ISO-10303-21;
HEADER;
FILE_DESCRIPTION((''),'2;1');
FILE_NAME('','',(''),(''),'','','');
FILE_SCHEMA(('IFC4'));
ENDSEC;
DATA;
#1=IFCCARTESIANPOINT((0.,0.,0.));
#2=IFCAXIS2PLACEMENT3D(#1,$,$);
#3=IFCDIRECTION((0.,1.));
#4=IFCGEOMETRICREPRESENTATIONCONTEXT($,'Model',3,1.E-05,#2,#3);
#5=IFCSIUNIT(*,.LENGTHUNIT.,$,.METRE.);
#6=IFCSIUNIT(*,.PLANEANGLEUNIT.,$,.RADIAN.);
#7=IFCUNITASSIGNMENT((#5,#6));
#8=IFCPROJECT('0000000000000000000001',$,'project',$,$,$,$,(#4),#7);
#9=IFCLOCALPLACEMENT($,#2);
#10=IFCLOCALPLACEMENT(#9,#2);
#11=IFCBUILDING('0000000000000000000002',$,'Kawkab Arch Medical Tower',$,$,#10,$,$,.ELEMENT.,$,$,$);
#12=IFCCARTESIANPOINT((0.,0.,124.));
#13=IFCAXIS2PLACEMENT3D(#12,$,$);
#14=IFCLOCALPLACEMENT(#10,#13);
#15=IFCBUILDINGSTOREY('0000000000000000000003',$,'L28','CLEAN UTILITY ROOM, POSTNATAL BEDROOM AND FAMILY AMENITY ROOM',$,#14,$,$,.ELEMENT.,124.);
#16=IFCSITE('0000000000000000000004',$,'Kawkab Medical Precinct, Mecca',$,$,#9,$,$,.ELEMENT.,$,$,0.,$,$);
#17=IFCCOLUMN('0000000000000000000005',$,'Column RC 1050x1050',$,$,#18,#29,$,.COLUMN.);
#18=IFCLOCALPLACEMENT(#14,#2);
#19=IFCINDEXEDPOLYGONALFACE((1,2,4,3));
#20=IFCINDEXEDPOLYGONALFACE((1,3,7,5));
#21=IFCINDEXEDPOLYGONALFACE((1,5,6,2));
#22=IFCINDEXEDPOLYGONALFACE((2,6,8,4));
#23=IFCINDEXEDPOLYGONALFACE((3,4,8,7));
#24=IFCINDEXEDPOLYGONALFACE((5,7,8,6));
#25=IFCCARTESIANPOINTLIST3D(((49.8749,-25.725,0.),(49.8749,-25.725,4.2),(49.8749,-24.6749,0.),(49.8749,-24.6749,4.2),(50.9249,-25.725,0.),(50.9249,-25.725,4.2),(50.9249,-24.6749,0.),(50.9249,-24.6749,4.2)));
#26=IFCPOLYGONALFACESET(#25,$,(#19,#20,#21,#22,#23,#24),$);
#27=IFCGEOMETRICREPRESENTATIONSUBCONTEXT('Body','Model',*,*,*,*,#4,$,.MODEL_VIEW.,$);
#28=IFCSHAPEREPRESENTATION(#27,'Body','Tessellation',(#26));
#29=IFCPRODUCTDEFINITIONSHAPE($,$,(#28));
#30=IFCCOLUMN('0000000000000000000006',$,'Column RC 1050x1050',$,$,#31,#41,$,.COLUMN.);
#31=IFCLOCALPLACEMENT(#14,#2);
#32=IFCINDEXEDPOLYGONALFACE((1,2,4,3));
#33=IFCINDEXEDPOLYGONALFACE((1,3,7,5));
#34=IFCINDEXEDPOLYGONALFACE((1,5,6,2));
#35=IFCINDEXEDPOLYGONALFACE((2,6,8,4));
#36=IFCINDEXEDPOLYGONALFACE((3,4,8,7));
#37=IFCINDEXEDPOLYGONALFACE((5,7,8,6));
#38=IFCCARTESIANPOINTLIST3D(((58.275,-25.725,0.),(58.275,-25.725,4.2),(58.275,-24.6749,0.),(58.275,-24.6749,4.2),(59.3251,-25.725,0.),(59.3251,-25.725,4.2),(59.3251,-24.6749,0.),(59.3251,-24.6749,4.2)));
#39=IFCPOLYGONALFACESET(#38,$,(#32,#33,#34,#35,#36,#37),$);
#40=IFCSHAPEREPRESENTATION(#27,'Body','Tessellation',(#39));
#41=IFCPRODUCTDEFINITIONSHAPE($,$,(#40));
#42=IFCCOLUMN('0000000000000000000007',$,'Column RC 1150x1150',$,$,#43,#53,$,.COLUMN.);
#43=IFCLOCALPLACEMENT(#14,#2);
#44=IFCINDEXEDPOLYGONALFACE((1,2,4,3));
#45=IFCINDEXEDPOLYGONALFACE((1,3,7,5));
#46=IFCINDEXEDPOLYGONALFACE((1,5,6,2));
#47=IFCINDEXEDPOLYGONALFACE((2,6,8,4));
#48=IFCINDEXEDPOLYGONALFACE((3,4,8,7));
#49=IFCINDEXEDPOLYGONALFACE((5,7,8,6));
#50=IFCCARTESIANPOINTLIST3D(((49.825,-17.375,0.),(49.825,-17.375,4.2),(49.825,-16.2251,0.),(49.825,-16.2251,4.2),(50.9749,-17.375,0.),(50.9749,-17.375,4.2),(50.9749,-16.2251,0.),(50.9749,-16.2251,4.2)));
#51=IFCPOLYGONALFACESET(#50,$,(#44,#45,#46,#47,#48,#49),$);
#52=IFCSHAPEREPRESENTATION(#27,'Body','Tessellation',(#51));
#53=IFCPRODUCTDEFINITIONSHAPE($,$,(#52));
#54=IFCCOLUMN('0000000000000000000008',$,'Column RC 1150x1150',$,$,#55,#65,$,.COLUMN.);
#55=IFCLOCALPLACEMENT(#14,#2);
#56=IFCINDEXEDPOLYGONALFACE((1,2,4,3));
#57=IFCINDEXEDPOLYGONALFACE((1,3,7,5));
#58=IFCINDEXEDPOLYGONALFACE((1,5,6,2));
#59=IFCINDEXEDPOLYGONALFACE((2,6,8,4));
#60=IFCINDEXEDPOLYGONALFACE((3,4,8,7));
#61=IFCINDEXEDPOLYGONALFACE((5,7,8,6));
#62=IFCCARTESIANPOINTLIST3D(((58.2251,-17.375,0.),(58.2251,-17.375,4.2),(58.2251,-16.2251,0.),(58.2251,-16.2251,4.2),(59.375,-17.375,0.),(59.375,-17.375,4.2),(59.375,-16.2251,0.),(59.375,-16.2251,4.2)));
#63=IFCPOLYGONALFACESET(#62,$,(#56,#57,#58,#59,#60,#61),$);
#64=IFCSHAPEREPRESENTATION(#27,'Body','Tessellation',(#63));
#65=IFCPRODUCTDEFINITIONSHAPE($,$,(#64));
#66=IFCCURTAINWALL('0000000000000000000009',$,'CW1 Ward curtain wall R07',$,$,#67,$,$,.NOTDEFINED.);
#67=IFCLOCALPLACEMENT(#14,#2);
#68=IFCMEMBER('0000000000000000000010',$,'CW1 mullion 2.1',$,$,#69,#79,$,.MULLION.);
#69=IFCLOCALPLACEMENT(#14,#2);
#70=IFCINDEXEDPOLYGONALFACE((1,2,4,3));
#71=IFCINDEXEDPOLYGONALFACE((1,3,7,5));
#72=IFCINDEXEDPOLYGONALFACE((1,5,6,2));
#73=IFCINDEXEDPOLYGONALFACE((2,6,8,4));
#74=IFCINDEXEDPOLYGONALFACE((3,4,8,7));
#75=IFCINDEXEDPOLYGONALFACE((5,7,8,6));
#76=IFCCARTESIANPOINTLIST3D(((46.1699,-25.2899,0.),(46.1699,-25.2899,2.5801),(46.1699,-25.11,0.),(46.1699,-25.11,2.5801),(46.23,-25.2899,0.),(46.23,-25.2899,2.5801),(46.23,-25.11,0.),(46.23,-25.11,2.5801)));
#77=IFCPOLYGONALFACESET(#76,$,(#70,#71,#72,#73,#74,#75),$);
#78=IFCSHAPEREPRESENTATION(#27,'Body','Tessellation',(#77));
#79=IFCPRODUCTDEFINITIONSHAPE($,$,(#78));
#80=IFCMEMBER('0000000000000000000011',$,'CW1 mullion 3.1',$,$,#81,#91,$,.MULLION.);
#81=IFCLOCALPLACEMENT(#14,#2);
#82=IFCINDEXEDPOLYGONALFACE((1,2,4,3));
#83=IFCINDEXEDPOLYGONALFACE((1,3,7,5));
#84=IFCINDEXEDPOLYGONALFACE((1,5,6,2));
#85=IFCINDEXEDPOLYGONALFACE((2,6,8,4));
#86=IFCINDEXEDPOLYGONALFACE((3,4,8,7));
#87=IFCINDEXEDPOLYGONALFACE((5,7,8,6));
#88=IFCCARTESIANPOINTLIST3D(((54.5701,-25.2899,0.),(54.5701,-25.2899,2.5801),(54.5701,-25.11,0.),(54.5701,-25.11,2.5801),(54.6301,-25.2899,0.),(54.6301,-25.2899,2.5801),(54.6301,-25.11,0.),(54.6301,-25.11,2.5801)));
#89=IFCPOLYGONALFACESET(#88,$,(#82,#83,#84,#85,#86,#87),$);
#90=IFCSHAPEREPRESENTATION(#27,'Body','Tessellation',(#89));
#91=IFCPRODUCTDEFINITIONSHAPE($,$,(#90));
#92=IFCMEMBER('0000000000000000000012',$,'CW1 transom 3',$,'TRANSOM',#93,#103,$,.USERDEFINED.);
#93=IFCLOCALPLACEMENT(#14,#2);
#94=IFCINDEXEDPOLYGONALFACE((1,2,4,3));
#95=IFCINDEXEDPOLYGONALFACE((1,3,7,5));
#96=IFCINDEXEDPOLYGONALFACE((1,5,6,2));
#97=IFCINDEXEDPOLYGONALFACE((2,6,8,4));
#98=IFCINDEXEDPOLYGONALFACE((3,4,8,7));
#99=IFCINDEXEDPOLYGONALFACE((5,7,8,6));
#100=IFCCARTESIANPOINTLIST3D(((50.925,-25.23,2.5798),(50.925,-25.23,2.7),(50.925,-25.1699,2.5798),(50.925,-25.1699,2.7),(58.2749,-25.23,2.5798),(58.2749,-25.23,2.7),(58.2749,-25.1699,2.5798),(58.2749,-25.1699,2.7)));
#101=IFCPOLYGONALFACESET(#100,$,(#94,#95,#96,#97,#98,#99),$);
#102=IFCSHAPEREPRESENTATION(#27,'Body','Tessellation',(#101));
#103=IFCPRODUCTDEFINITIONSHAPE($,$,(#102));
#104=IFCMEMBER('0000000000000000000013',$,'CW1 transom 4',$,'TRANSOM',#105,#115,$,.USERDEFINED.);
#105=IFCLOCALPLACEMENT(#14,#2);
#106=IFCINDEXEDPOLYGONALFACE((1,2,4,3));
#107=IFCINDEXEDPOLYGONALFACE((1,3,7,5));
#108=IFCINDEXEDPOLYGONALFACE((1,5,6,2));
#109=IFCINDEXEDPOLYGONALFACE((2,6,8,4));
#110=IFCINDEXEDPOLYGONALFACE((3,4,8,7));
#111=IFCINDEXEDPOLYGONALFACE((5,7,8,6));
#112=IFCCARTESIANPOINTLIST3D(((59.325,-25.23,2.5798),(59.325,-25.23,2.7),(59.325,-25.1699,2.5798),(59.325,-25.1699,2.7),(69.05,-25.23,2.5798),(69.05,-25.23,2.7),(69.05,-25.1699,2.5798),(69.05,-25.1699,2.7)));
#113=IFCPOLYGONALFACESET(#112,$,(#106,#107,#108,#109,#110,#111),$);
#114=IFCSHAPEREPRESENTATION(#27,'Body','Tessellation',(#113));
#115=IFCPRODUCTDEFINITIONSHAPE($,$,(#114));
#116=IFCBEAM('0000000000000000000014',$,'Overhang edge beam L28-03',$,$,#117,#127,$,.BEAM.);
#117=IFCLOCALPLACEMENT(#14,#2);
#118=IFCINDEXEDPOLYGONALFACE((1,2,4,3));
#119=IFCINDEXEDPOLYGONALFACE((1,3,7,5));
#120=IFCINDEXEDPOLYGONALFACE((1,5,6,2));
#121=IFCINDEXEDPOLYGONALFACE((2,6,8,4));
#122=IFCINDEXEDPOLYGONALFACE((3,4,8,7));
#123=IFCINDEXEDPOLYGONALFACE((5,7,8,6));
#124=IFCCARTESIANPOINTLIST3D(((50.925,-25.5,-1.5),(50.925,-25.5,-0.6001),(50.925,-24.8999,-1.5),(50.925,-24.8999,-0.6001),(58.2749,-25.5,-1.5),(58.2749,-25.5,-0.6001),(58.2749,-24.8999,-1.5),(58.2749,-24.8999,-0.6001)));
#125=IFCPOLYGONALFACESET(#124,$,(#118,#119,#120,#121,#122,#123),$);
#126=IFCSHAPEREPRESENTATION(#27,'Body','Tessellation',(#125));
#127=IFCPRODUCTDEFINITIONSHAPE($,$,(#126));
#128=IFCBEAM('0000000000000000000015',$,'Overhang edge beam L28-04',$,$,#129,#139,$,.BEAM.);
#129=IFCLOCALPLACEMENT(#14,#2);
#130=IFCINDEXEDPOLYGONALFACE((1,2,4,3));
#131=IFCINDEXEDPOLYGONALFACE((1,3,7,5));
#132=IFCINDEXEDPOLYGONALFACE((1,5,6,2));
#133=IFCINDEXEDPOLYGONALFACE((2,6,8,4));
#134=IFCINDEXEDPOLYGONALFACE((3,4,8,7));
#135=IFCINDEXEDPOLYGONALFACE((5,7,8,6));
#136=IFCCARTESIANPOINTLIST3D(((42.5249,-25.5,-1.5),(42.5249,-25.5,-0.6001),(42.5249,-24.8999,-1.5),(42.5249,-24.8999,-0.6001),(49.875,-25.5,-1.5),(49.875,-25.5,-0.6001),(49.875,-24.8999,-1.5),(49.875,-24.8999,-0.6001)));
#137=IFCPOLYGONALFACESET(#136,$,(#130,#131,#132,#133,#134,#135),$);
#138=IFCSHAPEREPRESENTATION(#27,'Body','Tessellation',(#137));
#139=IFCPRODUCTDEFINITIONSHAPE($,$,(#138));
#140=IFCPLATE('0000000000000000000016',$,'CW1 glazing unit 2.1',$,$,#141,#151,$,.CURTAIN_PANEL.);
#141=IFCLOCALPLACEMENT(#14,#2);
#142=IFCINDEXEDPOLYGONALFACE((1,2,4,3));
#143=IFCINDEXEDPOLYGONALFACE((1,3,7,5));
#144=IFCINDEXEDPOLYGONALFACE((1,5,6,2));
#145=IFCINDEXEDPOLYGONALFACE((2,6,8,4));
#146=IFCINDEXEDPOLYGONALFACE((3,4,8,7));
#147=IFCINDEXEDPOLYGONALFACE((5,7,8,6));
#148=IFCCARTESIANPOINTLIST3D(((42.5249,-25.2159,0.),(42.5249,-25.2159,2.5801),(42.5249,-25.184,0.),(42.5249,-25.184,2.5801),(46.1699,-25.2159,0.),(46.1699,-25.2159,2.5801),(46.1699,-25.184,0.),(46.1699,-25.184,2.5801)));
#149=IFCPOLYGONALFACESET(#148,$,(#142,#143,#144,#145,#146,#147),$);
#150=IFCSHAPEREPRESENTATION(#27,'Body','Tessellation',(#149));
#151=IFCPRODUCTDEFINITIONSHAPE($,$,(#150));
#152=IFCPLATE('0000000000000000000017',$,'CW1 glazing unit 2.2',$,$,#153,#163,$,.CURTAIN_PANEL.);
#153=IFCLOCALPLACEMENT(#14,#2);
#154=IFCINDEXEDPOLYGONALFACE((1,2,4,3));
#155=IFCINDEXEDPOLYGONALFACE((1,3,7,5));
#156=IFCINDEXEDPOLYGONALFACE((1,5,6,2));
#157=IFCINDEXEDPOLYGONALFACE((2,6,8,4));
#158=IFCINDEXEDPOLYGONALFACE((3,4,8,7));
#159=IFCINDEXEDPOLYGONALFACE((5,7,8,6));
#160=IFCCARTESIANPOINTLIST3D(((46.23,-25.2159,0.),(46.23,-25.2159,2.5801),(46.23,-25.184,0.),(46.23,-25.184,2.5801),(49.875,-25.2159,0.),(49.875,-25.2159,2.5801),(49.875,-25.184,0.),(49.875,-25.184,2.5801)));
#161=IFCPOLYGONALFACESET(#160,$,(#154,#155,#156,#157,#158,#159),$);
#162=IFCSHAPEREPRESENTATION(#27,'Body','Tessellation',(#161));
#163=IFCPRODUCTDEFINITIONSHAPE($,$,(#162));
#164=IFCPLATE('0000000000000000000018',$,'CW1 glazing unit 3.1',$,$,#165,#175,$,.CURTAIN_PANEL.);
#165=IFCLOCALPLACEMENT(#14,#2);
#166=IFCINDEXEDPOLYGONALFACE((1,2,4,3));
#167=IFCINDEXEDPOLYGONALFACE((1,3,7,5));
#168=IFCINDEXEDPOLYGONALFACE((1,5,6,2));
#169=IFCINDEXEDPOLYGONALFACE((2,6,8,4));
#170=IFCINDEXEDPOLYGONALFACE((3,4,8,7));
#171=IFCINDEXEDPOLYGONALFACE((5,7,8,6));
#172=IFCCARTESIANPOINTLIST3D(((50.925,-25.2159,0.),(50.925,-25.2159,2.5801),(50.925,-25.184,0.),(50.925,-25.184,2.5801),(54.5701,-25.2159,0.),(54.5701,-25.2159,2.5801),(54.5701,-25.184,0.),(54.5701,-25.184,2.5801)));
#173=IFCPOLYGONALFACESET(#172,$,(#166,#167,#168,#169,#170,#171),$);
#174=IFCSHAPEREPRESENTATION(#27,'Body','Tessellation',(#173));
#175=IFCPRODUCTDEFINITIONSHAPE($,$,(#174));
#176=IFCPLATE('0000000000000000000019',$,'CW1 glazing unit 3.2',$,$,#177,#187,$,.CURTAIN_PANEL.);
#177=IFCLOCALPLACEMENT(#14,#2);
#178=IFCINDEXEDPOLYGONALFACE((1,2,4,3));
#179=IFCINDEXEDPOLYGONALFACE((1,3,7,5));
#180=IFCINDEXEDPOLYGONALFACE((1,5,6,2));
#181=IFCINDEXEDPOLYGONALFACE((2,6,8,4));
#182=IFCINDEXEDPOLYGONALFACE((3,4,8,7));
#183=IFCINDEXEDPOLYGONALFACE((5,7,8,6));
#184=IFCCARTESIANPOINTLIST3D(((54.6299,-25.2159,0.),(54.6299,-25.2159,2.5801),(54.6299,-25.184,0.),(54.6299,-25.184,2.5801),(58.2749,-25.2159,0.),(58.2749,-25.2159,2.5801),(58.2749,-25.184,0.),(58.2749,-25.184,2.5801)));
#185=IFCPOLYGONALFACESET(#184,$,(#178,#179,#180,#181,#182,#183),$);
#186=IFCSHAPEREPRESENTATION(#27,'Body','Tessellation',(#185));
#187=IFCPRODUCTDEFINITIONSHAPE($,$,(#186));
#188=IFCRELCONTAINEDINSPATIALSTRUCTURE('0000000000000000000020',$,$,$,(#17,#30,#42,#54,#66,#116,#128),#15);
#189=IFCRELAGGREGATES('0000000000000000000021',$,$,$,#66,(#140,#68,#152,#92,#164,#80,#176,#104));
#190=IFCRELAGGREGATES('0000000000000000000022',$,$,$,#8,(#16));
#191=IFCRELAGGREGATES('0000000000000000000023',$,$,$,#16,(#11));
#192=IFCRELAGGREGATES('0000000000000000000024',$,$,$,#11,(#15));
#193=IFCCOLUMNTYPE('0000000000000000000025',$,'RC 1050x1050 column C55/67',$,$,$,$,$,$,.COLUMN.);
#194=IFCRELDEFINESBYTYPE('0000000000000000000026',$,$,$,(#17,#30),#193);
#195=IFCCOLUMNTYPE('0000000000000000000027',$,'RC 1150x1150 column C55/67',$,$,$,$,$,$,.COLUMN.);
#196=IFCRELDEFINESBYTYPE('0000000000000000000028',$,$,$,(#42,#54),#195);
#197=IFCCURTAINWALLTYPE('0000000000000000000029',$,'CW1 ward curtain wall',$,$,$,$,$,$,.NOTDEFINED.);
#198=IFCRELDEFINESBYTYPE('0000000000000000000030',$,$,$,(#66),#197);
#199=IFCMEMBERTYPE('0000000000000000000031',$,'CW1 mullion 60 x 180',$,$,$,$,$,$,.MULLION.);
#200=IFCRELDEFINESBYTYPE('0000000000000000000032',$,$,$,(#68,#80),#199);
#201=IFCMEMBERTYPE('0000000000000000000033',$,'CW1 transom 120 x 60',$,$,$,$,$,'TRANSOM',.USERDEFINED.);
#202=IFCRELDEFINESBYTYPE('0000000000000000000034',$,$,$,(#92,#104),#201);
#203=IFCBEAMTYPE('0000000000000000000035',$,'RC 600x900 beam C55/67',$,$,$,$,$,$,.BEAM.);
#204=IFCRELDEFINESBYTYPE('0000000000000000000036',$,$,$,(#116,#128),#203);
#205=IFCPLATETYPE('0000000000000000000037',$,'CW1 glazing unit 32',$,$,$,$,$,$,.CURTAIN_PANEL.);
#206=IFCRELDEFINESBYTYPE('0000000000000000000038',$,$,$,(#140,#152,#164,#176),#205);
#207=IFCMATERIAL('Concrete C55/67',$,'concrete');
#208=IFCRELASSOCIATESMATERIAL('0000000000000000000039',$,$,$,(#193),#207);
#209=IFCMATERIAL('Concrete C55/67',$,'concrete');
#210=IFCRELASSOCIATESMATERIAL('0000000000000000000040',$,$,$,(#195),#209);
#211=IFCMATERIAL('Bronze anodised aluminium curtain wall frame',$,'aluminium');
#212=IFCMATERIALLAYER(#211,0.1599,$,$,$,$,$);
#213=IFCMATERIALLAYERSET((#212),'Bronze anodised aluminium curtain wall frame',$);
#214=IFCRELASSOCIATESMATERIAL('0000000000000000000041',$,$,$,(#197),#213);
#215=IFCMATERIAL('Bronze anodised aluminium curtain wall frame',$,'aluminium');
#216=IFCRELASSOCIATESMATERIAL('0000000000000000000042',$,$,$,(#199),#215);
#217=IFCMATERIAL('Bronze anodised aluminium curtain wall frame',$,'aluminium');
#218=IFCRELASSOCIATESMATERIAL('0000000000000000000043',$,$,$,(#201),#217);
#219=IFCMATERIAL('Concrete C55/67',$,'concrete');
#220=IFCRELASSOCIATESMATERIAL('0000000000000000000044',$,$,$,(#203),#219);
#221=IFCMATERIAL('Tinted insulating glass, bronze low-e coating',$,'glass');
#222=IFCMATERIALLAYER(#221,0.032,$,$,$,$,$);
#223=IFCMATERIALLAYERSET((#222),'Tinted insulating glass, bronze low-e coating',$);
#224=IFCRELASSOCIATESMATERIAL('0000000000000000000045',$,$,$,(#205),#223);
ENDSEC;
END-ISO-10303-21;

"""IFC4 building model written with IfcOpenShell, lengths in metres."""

from ifc_helpers import new_model, si_unit, direction, frame, origin, origin_2d, place, context, subcontext, project, spatial, rectangle, extrude, material, layer, layer_set, material_profile, profile_set, type_object, element, aggregate, save


model = new_model("IFC4")

# Units and contexts
model_context = context("Model", 3, precision=1e-05, world=origin(), true_north=direction((0.0, 1.0)))
body_context = subcontext(model_context, "Body", "Model", "MODEL_VIEW")
ifc_project = project(units=[si_unit("LENGTHUNIT", "METRE"), si_unit("PLANEANGLEUNIT", "RADIAN")], contexts=[model_context])

# Site, building, storey
site_placement = place(None, origin())
site = spatial("IfcSite", under=ifc_project, at=site_placement, Name="Kawkab Medical Precinct, Mecca", CompositionType="ELEMENT", RefElevation=0.0)
building_placement = place(site_placement, origin())
building = spatial("IfcBuilding", under=site, at=building_placement, Name="Kawkab Arch Medical Tower", CompositionType="ELEMENT")
storey_placement = place(building_placement, frame((0.0, 0.0, 124.0)))
storey = spatial("IfcBuildingStorey", under=building, at=storey_placement, Name="L28", Description="CLEAN UTILITY ROOM, POSTNATAL BEDROOM AND FAMILY AMENITY ROOM", CompositionType="ELEMENT", Elevation=124.0)

# Columns
ifc_material_1 = material(Name="Concrete C55/67", Category="concrete")
ifc_material_profile_1 = material_profile(ifc_material_1, rectangle(XDim=1.05, YDim=1.05, at=origin_2d()), Name="RC 1050x1050")
ifc_profile_set_1 = profile_set([ifc_material_profile_1], Name="Concrete C55/67")
column_type_1 = type_object("IfcColumnType", Name="RC 1050x1050 column C55/67", PredefinedType="COLUMN", material=ifc_profile_set_1)
for number, where, z_axis, x_axis, name in (
    (1, (50.3999, -25.2, 0.0), (0.0, 0.0, 1.0), (1.0, 0.0, 0.0), "Column RC 1050x1050"),
    (2, (58.8, -25.2, 0.0), (0.0, 0.0, 1.0), (1.0, 0.0, 0.0), "Column RC 1050x1050"),
):
    element("IfcColumn", number, at=place(storey_placement, frame(where, z_axis=z_axis, x_axis=x_axis)), inside=storey, type_object=column_type_1, Name=name, PredefinedType="COLUMN", context=body_context, shape_type="SweptSolid", body=[
        extrude(rectangle(XDim=1.05, YDim=1.05, at=origin_2d()), origin(), (0.0, 0.0, 1.0), 4.2),
    ])
ifc_material_2 = material(Name="Concrete C55/67", Category="concrete")
ifc_material_profile_2 = material_profile(ifc_material_2, rectangle(XDim=1.1499, YDim=1.1499, at=origin_2d()), Name="RC 1150x1150")
ifc_profile_set_2 = profile_set([ifc_material_profile_2], Name="Concrete C55/67")
column_type_2 = type_object("IfcColumnType", Name="RC 1150x1150 column C55/67", PredefinedType="COLUMN", material=ifc_profile_set_2)
for number, where, z_axis, x_axis, name in (
    (3, (50.3999, -16.8, 0.0), (0.0, 0.0, 1.0), (1.0, 0.0, 0.0), "Column RC 1150x1150"),
    (4, (58.8, -16.8, 0.0), (0.0, 0.0, 1.0), (1.0, 0.0, 0.0), "Column RC 1150x1150"),
):
    element("IfcColumn", number, at=place(storey_placement, frame(where, z_axis=z_axis, x_axis=x_axis)), inside=storey, type_object=column_type_2, Name=name, PredefinedType="COLUMN", context=body_context, shape_type="SweptSolid", body=[
        extrude(rectangle(XDim=1.1499, YDim=1.1499, at=origin_2d()), origin(), (0.0, 0.0, 1.0), 4.2),
    ])

# Curtain wall, members
ifc_material_3 = material(Name="Bronze anodised aluminium curtain wall frame", Category="aluminium")
ifc_layer_1 = layer(ifc_material_3, 0.1599)
ifc_layer_set_1 = layer_set([ifc_layer_1], Name="Bronze anodised aluminium curtain wall frame")
curtain_wall_type = type_object("IfcCurtainWallType", Name="CW1 ward curtain wall", PredefinedType="NOTDEFINED", material=ifc_layer_set_1)
curtain_wall_placement = place(storey_placement, origin())
curtain_wall = element("IfcCurtainWall", 5, at=curtain_wall_placement, inside=storey, type_object=curtain_wall_type, Name="CW1 Ward curtain wall R07", PredefinedType="NOTDEFINED")
ifc_material_4 = material(Name="Bronze anodised aluminium curtain wall frame", Category="aluminium")
ifc_material_profile_3 = material_profile(ifc_material_4, rectangle(XDim=0.1799, YDim=0.0601, at=origin_2d()), Name="AL 60x180")
ifc_profile_set_3 = profile_set([ifc_material_profile_3], Name="Bronze anodised aluminium curtain wall frame")
member_type_1 = type_object("IfcMemberType", Name="CW1 mullion 60 x 180", PredefinedType="MULLION", material=ifc_profile_set_3)
member_1_placement = place(storey_placement, frame((46.2, -25.2, 0.0), z_axis=(0.0, 0.0, 1.0), x_axis=(0.0, 1.0, 0.0)))
member_1 = element("IfcMember", 6, at=member_1_placement, type_object=member_type_1, Name="CW1 mullion 2.1", PredefinedType="MULLION", context=body_context, shape_type="SweptSolid", body=[
    extrude(rectangle(XDim=0.1799, YDim=0.0601, at=origin_2d()), origin(), (0.0, 0.0, 1.0), 2.5801),
])
member_2_placement = place(storey_placement, frame((54.6001, -25.2, 0.0), z_axis=(0.0, 0.0, 1.0), x_axis=(0.0, 1.0, 0.0)))
member_2 = element("IfcMember", 7, at=member_2_placement, type_object=member_type_1, Name="CW1 mullion 3.1", PredefinedType="MULLION", context=body_context, shape_type="SweptSolid", body=[
    extrude(rectangle(XDim=0.1799, YDim=0.0601, at=origin_2d()), origin(), (0.0, 0.0, 1.0), 2.5801),
])
ifc_material_5 = material(Name="Bronze anodised aluminium curtain wall frame", Category="aluminium")
ifc_material_profile_4 = material_profile(ifc_material_5, rectangle(XDim=0.0601, YDim=0.1201, at=origin_2d()), Name="AL 60x120")
ifc_profile_set_4 = profile_set([ifc_material_profile_4], Name="Bronze anodised aluminium curtain wall frame")
member_type_2 = type_object("IfcMemberType", Name="CW1 transom 120 x 60", ElementType="TRANSOM", PredefinedType="USERDEFINED", material=ifc_profile_set_4)
member_3_placement = place(storey_placement, frame((50.925, -25.2, 2.6399), z_axis=(1.0, 0.0, 0.0), x_axis=(0.0, 1.0, 0.0)))
member_3 = element("IfcMember", 8, at=member_3_placement, type_object=member_type_2, Name="CW1 transom 3", ObjectType="TRANSOM", PredefinedType="USERDEFINED", context=body_context, shape_type="SweptSolid", body=[
    extrude(rectangle(XDim=0.0601, YDim=0.1201, at=origin_2d()), origin(), (0.0, 0.0, 1.0), 7.3499),
])
member_4_placement = place(storey_placement, frame((59.325, -25.2, 2.6399), z_axis=(1.0, 0.0, 0.0), x_axis=(0.0, 1.0, 0.0)))
member_4 = element("IfcMember", 9, at=member_4_placement, type_object=member_type_2, Name="CW1 transom 4", ObjectType="TRANSOM", PredefinedType="USERDEFINED", context=body_context, shape_type="SweptSolid", body=[
    extrude(rectangle(XDim=0.0601, YDim=0.1201, at=origin_2d()), origin(), (0.0, 0.0, 1.0), 9.7251),
])

# Beams
ifc_material_6 = material(Name="Concrete C55/67", Category="concrete")
ifc_material_profile_5 = material_profile(ifc_material_6, rectangle(XDim=0.6001, YDim=0.8999, at=origin_2d()), Name="RC 600x900")
ifc_profile_set_5 = profile_set([ifc_material_profile_5], Name="Concrete C55/67")
beam_type = type_object("IfcBeamType", Name="RC 600x900 beam C55/67", PredefinedType="BEAM", material=ifc_profile_set_5)
beam_1_placement = place(storey_placement, frame((58.2749, -25.2, -1.05), z_axis=(-1.0, 0.0, 0.0), x_axis=(0.0, -1.0, 0.0)))
element("IfcBeam", 10, at=beam_1_placement, inside=storey, type_object=beam_type, Name="Overhang edge beam L28-03", PredefinedType="BEAM", context=body_context, shape_type="SweptSolid", body=[
    extrude(rectangle(XDim=0.6001, YDim=0.8999, at=origin_2d()), origin(), (0.0, 0.0, 1.0), 7.3499),
])
beam_2_placement = place(storey_placement, frame((49.875, -25.2, -1.05), z_axis=(-1.0, 0.0, 0.0), x_axis=(0.0, -1.0, 0.0)))
element("IfcBeam", 11, at=beam_2_placement, inside=storey, type_object=beam_type, Name="Overhang edge beam L28-04", PredefinedType="BEAM", context=body_context, shape_type="SweptSolid", body=[
    extrude(rectangle(XDim=0.6001, YDim=0.8999, at=origin_2d()), origin(), (0.0, 0.0, 1.0), 7.3501),
])

# Plates
ifc_material_7 = material(Name="Tinted insulating glass, bronze low-e coating", Category="glass")
ifc_layer_2 = layer(ifc_material_7, 0.032)
ifc_layer_set_2 = layer_set([ifc_layer_2], Name="Tinted insulating glass, bronze low-e coating")
plate_type = type_object("IfcPlateType", Name="CW1 glazing unit 32", PredefinedType="CURTAIN_PANEL", material=ifc_layer_set_2)
plate_1_placement = place(storey_placement, frame((44.3474, -25.2, 0.0), z_axis=(0.0, 0.0, 1.0), x_axis=(1.0, 0.0, 0.0)))
plate_1 = element("IfcPlate", 12, at=plate_1_placement, type_object=plate_type, Name="CW1 glazing unit 2.1", PredefinedType="CURTAIN_PANEL", context=body_context, shape_type="SweptSolid", body=[
    extrude(rectangle(XDim=3.645, YDim=0.032, at=origin_2d()), origin(), (0.0, 0.0, 1.0), 2.5801),
])
plate_2_placement = place(storey_placement, frame((48.0525, -25.2, 0.0), z_axis=(0.0, 0.0, 1.0), x_axis=(1.0, 0.0, 0.0)))
plate_2 = element("IfcPlate", 13, at=plate_2_placement, type_object=plate_type, Name="CW1 glazing unit 2.2", PredefinedType="CURTAIN_PANEL", context=body_context, shape_type="SweptSolid", body=[
    extrude(rectangle(XDim=3.645, YDim=0.032, at=origin_2d()), origin(), (0.0, 0.0, 1.0), 2.5801),
])
plate_3_placement = place(storey_placement, frame((52.7476, -25.2, 0.0), z_axis=(0.0, 0.0, 1.0), x_axis=(1.0, 0.0, 0.0)))
plate_3 = element("IfcPlate", 14, at=plate_3_placement, type_object=plate_type, Name="CW1 glazing unit 3.1", PredefinedType="CURTAIN_PANEL", context=body_context, shape_type="SweptSolid", body=[
    extrude(rectangle(XDim=3.645, YDim=0.032, at=origin_2d()), origin(), (0.0, 0.0, 1.0), 2.5801),
])
plate_4_placement = place(storey_placement, frame((56.4524, -25.2, 0.0), z_axis=(0.0, 0.0, 1.0), x_axis=(1.0, 0.0, 0.0)))
plate_4 = element("IfcPlate", 15, at=plate_4_placement, type_object=plate_type, Name="CW1 glazing unit 3.2", PredefinedType="CURTAIN_PANEL", context=body_context, shape_type="SweptSolid", body=[
    extrude(rectangle(XDim=3.645, YDim=0.032, at=origin_2d()), origin(), (0.0, 0.0, 1.0), 2.5801),
])
aggregate(curtain_wall, [plate_1, member_1, plate_2, member_3, plate_3, member_2, plate_4, member_4])

save(model, "model.ifc")
